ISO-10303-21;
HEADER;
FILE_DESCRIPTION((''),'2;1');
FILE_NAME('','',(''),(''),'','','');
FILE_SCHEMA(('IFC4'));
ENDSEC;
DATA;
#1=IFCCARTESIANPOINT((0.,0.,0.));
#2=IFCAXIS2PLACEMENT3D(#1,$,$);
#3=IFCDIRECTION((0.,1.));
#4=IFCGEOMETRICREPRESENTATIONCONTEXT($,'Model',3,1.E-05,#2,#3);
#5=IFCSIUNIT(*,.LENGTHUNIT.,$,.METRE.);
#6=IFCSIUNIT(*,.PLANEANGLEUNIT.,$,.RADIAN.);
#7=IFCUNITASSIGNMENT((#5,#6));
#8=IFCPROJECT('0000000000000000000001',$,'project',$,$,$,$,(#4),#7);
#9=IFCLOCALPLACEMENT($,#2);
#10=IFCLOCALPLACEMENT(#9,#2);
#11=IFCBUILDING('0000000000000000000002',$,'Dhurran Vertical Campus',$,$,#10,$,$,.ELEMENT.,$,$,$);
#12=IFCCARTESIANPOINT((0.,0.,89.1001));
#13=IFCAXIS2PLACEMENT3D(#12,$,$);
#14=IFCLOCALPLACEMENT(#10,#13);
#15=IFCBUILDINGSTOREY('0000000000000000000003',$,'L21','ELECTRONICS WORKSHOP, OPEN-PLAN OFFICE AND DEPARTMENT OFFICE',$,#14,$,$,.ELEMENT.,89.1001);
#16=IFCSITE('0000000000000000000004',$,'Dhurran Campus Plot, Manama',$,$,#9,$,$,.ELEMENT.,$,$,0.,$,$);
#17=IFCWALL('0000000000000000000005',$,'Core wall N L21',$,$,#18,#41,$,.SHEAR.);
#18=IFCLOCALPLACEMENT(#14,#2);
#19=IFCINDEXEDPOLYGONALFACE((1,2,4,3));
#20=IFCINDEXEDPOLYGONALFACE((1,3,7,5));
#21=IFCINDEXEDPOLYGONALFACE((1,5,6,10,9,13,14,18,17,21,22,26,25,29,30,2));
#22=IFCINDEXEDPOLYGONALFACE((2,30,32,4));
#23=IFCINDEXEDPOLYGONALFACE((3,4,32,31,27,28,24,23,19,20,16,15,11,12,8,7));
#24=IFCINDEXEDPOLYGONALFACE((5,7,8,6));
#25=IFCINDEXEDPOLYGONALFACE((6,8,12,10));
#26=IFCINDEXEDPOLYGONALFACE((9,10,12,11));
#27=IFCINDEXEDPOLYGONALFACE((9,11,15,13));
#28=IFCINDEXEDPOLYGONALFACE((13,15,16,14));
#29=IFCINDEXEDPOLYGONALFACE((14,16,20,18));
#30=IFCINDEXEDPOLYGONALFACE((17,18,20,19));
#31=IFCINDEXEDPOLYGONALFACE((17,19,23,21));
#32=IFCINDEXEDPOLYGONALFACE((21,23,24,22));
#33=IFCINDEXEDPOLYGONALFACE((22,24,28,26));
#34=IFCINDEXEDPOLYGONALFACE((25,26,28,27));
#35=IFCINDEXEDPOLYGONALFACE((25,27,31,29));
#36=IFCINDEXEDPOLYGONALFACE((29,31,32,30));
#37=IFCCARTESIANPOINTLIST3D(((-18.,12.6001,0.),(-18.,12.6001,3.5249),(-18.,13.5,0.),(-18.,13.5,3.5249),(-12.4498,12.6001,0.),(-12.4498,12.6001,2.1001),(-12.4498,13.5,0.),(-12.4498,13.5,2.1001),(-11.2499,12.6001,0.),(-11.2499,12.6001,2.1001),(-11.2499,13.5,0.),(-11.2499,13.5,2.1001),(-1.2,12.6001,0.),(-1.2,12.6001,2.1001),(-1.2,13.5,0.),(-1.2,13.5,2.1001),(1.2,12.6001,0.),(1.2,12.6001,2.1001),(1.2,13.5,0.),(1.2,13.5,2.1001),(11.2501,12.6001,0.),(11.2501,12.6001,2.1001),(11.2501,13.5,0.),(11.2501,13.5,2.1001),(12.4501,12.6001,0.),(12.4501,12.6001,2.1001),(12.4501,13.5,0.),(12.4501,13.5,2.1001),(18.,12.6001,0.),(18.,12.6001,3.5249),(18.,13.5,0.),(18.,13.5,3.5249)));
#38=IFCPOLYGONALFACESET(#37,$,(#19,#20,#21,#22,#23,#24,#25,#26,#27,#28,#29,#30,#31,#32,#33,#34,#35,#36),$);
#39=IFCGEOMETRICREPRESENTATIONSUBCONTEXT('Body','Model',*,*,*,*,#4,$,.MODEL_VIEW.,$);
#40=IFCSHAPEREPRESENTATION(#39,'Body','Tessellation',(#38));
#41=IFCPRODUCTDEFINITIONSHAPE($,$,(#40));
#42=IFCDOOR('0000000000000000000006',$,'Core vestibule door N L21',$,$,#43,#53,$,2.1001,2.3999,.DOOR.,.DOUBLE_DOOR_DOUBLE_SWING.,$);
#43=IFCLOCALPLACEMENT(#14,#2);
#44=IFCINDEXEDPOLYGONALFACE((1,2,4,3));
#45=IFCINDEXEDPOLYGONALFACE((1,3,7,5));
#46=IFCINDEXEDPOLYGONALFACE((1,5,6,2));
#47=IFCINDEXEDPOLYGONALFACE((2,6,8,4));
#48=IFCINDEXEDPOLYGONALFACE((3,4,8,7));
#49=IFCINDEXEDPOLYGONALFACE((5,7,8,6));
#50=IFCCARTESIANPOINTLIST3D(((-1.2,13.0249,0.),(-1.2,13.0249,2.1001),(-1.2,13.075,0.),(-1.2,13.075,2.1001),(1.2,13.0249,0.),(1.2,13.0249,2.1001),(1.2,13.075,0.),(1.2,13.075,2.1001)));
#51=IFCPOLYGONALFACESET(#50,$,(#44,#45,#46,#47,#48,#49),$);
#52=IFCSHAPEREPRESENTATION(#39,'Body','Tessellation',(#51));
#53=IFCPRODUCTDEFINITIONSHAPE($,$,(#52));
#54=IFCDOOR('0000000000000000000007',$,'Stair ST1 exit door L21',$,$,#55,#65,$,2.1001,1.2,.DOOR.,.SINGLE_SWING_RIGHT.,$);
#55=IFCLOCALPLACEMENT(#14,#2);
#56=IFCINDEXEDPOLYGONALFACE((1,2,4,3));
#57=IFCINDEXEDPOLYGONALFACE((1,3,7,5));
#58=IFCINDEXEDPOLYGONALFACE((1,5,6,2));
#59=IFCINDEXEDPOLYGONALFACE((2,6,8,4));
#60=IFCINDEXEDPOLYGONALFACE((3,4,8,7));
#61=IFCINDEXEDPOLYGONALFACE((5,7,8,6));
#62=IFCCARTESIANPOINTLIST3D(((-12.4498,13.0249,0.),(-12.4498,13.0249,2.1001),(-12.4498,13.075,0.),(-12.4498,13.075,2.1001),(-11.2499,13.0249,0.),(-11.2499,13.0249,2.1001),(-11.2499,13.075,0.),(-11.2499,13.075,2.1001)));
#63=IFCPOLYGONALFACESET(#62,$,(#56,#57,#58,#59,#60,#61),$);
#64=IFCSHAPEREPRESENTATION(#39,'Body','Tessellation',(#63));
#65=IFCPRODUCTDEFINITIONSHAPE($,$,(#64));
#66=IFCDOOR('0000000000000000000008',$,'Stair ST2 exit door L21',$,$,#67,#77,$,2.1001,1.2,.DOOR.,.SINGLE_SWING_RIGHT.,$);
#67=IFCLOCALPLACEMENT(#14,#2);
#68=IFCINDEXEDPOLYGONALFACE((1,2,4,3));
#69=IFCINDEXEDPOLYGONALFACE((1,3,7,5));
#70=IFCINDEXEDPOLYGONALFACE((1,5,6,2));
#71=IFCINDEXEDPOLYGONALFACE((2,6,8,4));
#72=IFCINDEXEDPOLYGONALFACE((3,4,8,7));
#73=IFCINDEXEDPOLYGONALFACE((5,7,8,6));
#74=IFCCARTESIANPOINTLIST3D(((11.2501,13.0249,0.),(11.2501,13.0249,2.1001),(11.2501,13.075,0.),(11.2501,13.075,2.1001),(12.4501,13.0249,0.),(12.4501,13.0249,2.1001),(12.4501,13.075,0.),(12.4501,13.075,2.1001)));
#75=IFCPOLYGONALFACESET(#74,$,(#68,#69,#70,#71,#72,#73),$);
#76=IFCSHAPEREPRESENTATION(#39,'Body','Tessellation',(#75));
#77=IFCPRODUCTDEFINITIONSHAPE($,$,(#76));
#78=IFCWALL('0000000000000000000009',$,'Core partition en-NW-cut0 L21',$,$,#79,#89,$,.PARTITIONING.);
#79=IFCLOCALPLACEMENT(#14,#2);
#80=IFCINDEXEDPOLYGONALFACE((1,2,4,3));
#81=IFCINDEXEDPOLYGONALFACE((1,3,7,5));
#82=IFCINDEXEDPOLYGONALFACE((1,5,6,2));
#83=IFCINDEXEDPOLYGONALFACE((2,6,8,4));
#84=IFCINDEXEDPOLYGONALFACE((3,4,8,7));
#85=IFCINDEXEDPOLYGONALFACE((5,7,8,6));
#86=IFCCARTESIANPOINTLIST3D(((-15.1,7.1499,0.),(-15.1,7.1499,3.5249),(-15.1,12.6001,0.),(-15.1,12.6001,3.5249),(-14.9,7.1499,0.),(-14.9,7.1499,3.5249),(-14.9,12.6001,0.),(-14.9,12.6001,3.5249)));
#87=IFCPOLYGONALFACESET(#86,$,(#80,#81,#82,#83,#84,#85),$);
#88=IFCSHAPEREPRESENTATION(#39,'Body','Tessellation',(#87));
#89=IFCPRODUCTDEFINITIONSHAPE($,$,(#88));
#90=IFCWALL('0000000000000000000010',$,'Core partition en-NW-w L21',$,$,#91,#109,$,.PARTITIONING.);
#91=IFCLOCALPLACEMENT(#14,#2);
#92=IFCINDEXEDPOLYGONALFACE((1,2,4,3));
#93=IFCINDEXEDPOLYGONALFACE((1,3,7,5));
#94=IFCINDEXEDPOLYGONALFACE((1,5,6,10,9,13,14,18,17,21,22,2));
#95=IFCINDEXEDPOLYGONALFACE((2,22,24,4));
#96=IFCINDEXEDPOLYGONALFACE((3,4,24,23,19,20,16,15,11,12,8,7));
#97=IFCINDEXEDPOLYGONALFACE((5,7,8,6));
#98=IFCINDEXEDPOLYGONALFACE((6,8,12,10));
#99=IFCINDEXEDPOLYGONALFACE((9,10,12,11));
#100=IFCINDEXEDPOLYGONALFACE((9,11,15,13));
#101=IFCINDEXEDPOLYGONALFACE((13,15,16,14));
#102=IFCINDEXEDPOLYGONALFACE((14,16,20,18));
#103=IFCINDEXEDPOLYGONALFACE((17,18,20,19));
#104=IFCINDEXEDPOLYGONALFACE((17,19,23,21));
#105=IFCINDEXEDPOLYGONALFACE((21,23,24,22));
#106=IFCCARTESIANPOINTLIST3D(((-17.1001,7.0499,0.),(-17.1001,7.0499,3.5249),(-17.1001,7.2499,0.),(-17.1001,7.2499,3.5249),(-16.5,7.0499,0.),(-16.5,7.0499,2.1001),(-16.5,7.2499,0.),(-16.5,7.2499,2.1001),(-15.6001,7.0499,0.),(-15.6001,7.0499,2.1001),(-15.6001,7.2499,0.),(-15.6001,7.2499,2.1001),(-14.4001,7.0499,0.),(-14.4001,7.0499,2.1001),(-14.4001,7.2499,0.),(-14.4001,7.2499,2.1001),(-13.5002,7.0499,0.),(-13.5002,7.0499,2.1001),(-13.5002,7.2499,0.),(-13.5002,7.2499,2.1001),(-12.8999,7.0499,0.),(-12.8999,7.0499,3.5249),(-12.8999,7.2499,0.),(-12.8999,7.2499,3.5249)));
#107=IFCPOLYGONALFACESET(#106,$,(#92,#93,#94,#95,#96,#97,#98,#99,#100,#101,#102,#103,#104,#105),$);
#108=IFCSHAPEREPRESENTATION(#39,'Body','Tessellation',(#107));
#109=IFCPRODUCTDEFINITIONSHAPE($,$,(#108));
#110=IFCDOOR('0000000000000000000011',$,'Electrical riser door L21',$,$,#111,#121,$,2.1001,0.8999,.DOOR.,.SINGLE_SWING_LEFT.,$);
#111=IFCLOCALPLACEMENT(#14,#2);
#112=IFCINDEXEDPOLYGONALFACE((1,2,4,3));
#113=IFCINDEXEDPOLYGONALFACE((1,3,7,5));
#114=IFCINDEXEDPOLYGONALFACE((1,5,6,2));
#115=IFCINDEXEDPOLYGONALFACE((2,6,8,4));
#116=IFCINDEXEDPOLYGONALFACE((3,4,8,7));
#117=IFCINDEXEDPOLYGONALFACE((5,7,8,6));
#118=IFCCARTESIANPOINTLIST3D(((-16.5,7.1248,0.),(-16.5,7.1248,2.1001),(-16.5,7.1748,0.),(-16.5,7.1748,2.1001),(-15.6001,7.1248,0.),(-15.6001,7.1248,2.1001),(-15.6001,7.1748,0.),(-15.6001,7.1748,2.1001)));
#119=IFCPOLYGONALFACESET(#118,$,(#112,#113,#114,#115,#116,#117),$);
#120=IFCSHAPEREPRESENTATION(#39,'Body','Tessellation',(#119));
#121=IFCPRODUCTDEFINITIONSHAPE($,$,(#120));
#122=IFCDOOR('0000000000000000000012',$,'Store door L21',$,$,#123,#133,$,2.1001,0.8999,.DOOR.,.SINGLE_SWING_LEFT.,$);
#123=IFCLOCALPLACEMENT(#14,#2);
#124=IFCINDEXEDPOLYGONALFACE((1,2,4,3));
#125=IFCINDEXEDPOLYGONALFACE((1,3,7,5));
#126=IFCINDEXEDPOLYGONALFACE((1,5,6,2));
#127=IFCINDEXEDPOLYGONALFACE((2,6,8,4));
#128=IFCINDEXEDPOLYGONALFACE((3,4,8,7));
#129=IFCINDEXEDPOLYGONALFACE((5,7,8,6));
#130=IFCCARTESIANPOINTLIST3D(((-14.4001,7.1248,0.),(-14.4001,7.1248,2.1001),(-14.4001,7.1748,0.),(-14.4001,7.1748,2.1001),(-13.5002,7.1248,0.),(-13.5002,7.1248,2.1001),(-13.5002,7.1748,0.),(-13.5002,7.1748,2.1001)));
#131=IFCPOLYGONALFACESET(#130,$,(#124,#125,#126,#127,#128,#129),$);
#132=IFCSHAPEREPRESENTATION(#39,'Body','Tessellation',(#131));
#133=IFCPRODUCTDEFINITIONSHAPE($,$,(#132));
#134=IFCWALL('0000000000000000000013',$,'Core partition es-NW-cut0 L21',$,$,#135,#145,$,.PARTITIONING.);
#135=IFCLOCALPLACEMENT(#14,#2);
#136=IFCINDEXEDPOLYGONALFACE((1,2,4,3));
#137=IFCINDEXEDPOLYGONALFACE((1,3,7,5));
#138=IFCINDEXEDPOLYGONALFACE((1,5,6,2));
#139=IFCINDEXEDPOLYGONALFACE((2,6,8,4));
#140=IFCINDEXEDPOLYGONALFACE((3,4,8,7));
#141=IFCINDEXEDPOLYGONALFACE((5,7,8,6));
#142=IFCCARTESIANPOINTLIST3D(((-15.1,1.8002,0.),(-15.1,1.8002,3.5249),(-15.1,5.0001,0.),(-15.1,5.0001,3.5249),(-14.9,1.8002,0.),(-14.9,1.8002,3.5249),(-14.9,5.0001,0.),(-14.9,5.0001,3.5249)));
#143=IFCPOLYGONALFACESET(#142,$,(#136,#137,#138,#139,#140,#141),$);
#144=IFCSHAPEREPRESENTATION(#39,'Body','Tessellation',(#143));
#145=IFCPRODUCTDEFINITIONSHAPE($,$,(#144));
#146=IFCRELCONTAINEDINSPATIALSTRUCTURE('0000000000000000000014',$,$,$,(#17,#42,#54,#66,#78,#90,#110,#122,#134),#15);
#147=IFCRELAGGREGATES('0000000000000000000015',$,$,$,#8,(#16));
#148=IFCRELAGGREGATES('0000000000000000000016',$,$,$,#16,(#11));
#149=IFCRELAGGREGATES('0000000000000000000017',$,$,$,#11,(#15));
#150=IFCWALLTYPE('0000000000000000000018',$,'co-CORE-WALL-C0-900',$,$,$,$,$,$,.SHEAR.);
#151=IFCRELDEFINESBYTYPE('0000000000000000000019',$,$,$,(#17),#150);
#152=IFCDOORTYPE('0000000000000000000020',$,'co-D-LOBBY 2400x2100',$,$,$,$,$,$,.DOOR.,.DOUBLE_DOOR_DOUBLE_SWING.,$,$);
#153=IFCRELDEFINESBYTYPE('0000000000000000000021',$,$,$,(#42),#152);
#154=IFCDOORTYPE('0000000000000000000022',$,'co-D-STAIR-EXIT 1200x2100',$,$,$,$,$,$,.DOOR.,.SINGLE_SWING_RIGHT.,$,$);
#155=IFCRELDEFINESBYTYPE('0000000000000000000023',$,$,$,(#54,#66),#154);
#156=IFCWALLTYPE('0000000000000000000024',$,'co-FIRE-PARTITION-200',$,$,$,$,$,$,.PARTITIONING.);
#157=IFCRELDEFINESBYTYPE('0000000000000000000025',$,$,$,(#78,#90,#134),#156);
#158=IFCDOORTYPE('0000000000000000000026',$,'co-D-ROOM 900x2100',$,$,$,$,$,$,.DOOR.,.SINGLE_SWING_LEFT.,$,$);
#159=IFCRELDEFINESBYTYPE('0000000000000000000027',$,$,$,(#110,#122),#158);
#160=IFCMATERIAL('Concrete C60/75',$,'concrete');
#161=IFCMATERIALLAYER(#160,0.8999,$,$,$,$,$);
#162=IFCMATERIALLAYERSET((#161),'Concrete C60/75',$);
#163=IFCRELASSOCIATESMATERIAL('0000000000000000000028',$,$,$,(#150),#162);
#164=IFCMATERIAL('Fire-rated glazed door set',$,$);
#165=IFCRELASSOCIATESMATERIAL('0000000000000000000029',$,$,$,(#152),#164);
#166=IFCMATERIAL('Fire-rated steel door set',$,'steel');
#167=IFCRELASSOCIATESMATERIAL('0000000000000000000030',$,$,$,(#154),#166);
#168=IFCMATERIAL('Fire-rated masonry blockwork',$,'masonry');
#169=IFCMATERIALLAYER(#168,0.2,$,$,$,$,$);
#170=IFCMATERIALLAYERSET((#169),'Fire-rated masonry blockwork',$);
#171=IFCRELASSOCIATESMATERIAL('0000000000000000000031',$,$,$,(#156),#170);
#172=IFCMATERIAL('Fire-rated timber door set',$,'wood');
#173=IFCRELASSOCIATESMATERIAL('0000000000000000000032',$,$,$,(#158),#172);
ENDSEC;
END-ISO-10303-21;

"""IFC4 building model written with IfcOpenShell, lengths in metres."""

from ifc_helpers import new_model, si_unit, direction, frame, frame_2d, origin, place, context, subcontext, project, spatial, rectangle, extrude, material, layer, layer_set, type_object, element, fill, save


model = new_model("IFC4")

# Units and contexts
model_context = context("Model", 3, precision=1e-05, world=origin(), true_north=direction((0.0, 1.0)))
body_context = subcontext(model_context, "Body", "Model", "MODEL_VIEW")
ifc_project = project(units=[si_unit("LENGTHUNIT", "METRE"), si_unit("PLANEANGLEUNIT", "RADIAN")], contexts=[model_context])

# Site, building, storey
site_placement = place(None, origin())
site = spatial("IfcSite", under=ifc_project, at=site_placement, Name="Dhurran Campus Plot, Manama", CompositionType="ELEMENT", RefElevation=0.0)
building_placement = place(site_placement, origin())
building = spatial("IfcBuilding", under=site, at=building_placement, Name="Dhurran Vertical Campus", CompositionType="ELEMENT")
storey_placement = place(building_placement, frame((0.0, 0.0, 89.1001)))
storey = spatial("IfcBuildingStorey", under=building, at=storey_placement, Name="L21", Description="ELECTRONICS WORKSHOP, OPEN-PLAN OFFICE AND DEPARTMENT OFFICE", CompositionType="ELEMENT", Elevation=89.1001)

# Wall, openings, doors
ifc_material_1 = material(Name="Concrete C60/75", Category="concrete")
ifc_layer_1 = layer(ifc_material_1, 0.8999)
ifc_layer_set_1 = layer_set([ifc_layer_1], Name="Concrete C60/75")
wall_type_1 = type_object("IfcWallType", Name="co-CORE-WALL-C0-900", PredefinedType="SHEAR", material=ifc_layer_set_1)
wall_1_placement = place(storey_placement, frame((-18.0, 13.05, 0.0), z_axis=(0.0, 0.0, 1.0), x_axis=(1.0, 0.0, 0.0)))
wall_1 = element("IfcWall", 1, at=wall_1_placement, inside=storey, type_object=wall_type_1, Name="Core wall N L21", PredefinedType="SHEAR", context=body_context, shape_type="SweptSolid", body=[
    extrude(rectangle(XDim=36.0, YDim=0.8999, at=frame_2d((18.0, 0.0))), origin(), (0.0, 0.0, 1.0), 3.5249),
])
opening_1_placement = place(wall_1_placement, frame((16.8, 0.0, 0.0)))
opening_1 = element("IfcOpeningElement", 2, at=opening_1_placement, cuts=wall_1, PredefinedType="OPENING", context=body_context, shape_type="SweptSolid", body=[
    extrude(rectangle(XDim=2.3999, YDim=2.1001, at=frame_2d((1.2, 1.05))), frame((0.0, 0.46, 0.0), z_axis=(0.0, -1.0, 0.0), x_axis=(1.0, 0.0, 0.0)), (0.0, 0.0, 1.0), 0.9199),
])
opening_2_placement = place(wall_1_placement, frame((5.55, 0.0, 0.0)))
opening_2 = element("IfcOpeningElement", 3, at=opening_2_placement, cuts=wall_1, PredefinedType="OPENING", context=body_context, shape_type="SweptSolid", body=[
    extrude(rectangle(XDim=1.2, YDim=2.1001, at=frame_2d((0.6001, 1.05))), frame((0.0, 0.46, 0.0), z_axis=(0.0, -1.0, 0.0), x_axis=(1.0, 0.0, 0.0)), (0.0, 0.0, 1.0), 0.9199),
])
opening_3_placement = place(wall_1_placement, frame((29.25, 0.0, 0.0)))
opening_3 = element("IfcOpeningElement", 4, at=opening_3_placement, cuts=wall_1, PredefinedType="OPENING", context=body_context, shape_type="SweptSolid", body=[
    extrude(rectangle(XDim=1.2, YDim=2.1001, at=frame_2d((0.6001, 1.05))), frame((0.0, 0.46, 0.0), z_axis=(0.0, -1.0, 0.0), x_axis=(1.0, 0.0, 0.0)), (0.0, 0.0, 1.0), 0.9199),
])
ifc_material_2 = material(Name="Fire-rated glazed door set")
door_type_1 = type_object("IfcDoorType", Name="co-D-LOBBY 2400x2100", OperationType="DOUBLE_DOOR_DOUBLE_SWING", PredefinedType="DOOR", material=ifc_material_2)
door_1_placement = place(opening_1_placement, origin())
door_1 = element("IfcDoor", 5, at=door_1_placement, inside=storey, type_object=door_type_1, Name="Core vestibule door N L21", OperationType="DOUBLE_DOOR_DOUBLE_SWING", OverallHeight=2.1001, OverallWidth=2.3999, PredefinedType="DOOR", context=body_context, shape_type="SweptSolid", body=[
    extrude(rectangle(XDim=2.3999, YDim=2.1001, at=frame_2d((1.2, 1.05))), frame((0.0, 0.0249, 0.0), z_axis=(0.0, -1.0, 0.0), x_axis=(1.0, 0.0, 0.0)), (0.0, 0.0, 1.0), 0.05),
])
fill(opening_1, door_1)
ifc_material_3 = material(Name="Fire-rated steel door set", Category="steel")
door_type_2 = type_object("IfcDoorType", Name="co-D-STAIR-EXIT 1200x2100", OperationType="SINGLE_SWING_RIGHT", PredefinedType="DOOR", material=ifc_material_3)
door_2_placement = place(opening_2_placement, origin())
door_2 = element("IfcDoor", 6, at=door_2_placement, inside=storey, type_object=door_type_2, Name="Stair ST1 exit door L21", OperationType="SINGLE_SWING_RIGHT", OverallHeight=2.1001, OverallWidth=1.2, PredefinedType="DOOR", context=body_context, shape_type="SweptSolid", body=[
    extrude(rectangle(XDim=1.2, YDim=2.1001, at=frame_2d((0.6001, 1.05))), frame((0.0, 0.0249, 0.0), z_axis=(0.0, -1.0, 0.0), x_axis=(1.0, 0.0, 0.0)), (0.0, 0.0, 1.0), 0.05),
])
fill(opening_2, door_2)
door_3_placement = place(opening_3_placement, origin())
door_3 = element("IfcDoor", 7, at=door_3_placement, inside=storey, type_object=door_type_2, Name="Stair ST2 exit door L21", OperationType="SINGLE_SWING_RIGHT", OverallHeight=2.1001, OverallWidth=1.2, PredefinedType="DOOR", context=body_context, shape_type="SweptSolid", body=[
    extrude(rectangle(XDim=1.2, YDim=2.1001, at=frame_2d((0.6001, 1.05))), frame((0.0, 0.0249, 0.0), z_axis=(0.0, -1.0, 0.0), x_axis=(1.0, 0.0, 0.0)), (0.0, 0.0, 1.0), 0.05),
])
fill(opening_3, door_3)

# Wall
ifc_material_4 = material(Name="Fire-rated masonry blockwork", Category="masonry")
ifc_layer_2 = layer(ifc_material_4, 0.2)
ifc_layer_set_2 = layer_set([ifc_layer_2], Name="Fire-rated masonry blockwork")
wall_type_2 = type_object("IfcWallType", Name="co-FIRE-PARTITION-200", PredefinedType="PARTITIONING", material=ifc_layer_set_2)
wall_2_placement = place(storey_placement, frame((-15.0, 7.1499, 0.0), z_axis=(0.0, 0.0, 1.0), x_axis=(0.0, 1.0, 0.0)))
element("IfcWall", 8, at=wall_2_placement, inside=storey, type_object=wall_type_2, Name="Core partition en-NW-cut0 L21", PredefinedType="PARTITIONING", context=body_context, shape_type="SweptSolid", body=[
    extrude(rectangle(XDim=5.4502, YDim=0.2, at=frame_2d((2.7251, 0.0))), origin(), (0.0, 0.0, 1.0), 3.5249),
])

# Wall, openings, doors
wall_3_placement = place(storey_placement, frame((-17.1001, 7.1499, 0.0), z_axis=(0.0, 0.0, 1.0), x_axis=(1.0, 0.0, 0.0)))
wall_3 = element("IfcWall", 9, at=wall_3_placement, inside=storey, type_object=wall_type_2, Name="Core partition en-NW-w L21", PredefinedType="PARTITIONING", context=body_context, shape_type="SweptSolid", body=[
    extrude(rectangle(XDim=4.2002, YDim=0.2, at=frame_2d((2.1001, 0.0))), origin(), (0.0, 0.0, 1.0), 3.5249),
])
opening_4_placement = place(wall_3_placement, frame((0.6001, 0.0, 0.0)))
opening_4 = element("IfcOpeningElement", 10, at=opening_4_placement, cuts=wall_3, PredefinedType="OPENING", context=body_context, shape_type="SweptSolid", body=[
    extrude(rectangle(XDim=0.8999, YDim=2.1001, at=frame_2d((0.45, 1.05))), frame((0.0, 0.1099, 0.0), z_axis=(0.0, -1.0, 0.0), x_axis=(1.0, 0.0, 0.0)), (0.0, 0.0, 1.0), 0.22),
])
opening_5_placement = place(wall_3_placement, frame((2.7, 0.0, 0.0)))
opening_5 = element("IfcOpeningElement", 11, at=opening_5_placement, cuts=wall_3, PredefinedType="OPENING", context=body_context, shape_type="SweptSolid", body=[
    extrude(rectangle(XDim=0.8999, YDim=2.1001, at=frame_2d((0.45, 1.05))), frame((0.0, 0.1099, 0.0), z_axis=(0.0, -1.0, 0.0), x_axis=(1.0, 0.0, 0.0)), (0.0, 0.0, 1.0), 0.22),
])
ifc_material_5 = material(Name="Fire-rated timber door set", Category="wood")
door_type_3 = type_object("IfcDoorType", Name="co-D-ROOM 900x2100", OperationType="SINGLE_SWING_LEFT", PredefinedType="DOOR", material=ifc_material_5)
door_4_placement = place(opening_4_placement, origin())
door_4 = element("IfcDoor", 12, at=door_4_placement, inside=storey, type_object=door_type_3, Name="Electrical riser door L21", OperationType="SINGLE_SWING_LEFT", OverallHeight=2.1001, OverallWidth=0.8999, PredefinedType="DOOR", context=body_context, shape_type="SweptSolid", body=[
    extrude(rectangle(XDim=0.8999, YDim=2.1001, at=frame_2d((0.45, 1.05))), frame((0.0, 0.0249, 0.0), z_axis=(0.0, -1.0, 0.0), x_axis=(1.0, 0.0, 0.0)), (0.0, 0.0, 1.0), 0.05),
])
fill(opening_4, door_4)
door_5_placement = place(opening_5_placement, origin())
door_5 = element("IfcDoor", 13, at=door_5_placement, inside=storey, type_object=door_type_3, Name="Store door L21", OperationType="SINGLE_SWING_LEFT", OverallHeight=2.1001, OverallWidth=0.8999, PredefinedType="DOOR", context=body_context, shape_type="SweptSolid", body=[
    extrude(rectangle(XDim=0.8999, YDim=2.1001, at=frame_2d((0.45, 1.05))), frame((0.0, 0.0249, 0.0), z_axis=(0.0, -1.0, 0.0), x_axis=(1.0, 0.0, 0.0)), (0.0, 0.0, 1.0), 0.05),
])
fill(opening_5, door_5)

# Wall
wall_4_placement = place(storey_placement, frame((-15.0, 1.8, 0.0), z_axis=(0.0, 0.0, 1.0), x_axis=(0.0, 1.0, 0.0)))
element("IfcWall", 14, at=wall_4_placement, inside=storey, type_object=wall_type_2, Name="Core partition es-NW-cut0 L21", PredefinedType="PARTITIONING", context=body_context, shape_type="SweptSolid", body=[
    extrude(rectangle(XDim=3.2, YDim=0.2, at=frame_2d((1.6001, 0.0))), origin(), (0.0, 0.0, 1.0), 3.5249),
])

save(model, "model.ifc")
